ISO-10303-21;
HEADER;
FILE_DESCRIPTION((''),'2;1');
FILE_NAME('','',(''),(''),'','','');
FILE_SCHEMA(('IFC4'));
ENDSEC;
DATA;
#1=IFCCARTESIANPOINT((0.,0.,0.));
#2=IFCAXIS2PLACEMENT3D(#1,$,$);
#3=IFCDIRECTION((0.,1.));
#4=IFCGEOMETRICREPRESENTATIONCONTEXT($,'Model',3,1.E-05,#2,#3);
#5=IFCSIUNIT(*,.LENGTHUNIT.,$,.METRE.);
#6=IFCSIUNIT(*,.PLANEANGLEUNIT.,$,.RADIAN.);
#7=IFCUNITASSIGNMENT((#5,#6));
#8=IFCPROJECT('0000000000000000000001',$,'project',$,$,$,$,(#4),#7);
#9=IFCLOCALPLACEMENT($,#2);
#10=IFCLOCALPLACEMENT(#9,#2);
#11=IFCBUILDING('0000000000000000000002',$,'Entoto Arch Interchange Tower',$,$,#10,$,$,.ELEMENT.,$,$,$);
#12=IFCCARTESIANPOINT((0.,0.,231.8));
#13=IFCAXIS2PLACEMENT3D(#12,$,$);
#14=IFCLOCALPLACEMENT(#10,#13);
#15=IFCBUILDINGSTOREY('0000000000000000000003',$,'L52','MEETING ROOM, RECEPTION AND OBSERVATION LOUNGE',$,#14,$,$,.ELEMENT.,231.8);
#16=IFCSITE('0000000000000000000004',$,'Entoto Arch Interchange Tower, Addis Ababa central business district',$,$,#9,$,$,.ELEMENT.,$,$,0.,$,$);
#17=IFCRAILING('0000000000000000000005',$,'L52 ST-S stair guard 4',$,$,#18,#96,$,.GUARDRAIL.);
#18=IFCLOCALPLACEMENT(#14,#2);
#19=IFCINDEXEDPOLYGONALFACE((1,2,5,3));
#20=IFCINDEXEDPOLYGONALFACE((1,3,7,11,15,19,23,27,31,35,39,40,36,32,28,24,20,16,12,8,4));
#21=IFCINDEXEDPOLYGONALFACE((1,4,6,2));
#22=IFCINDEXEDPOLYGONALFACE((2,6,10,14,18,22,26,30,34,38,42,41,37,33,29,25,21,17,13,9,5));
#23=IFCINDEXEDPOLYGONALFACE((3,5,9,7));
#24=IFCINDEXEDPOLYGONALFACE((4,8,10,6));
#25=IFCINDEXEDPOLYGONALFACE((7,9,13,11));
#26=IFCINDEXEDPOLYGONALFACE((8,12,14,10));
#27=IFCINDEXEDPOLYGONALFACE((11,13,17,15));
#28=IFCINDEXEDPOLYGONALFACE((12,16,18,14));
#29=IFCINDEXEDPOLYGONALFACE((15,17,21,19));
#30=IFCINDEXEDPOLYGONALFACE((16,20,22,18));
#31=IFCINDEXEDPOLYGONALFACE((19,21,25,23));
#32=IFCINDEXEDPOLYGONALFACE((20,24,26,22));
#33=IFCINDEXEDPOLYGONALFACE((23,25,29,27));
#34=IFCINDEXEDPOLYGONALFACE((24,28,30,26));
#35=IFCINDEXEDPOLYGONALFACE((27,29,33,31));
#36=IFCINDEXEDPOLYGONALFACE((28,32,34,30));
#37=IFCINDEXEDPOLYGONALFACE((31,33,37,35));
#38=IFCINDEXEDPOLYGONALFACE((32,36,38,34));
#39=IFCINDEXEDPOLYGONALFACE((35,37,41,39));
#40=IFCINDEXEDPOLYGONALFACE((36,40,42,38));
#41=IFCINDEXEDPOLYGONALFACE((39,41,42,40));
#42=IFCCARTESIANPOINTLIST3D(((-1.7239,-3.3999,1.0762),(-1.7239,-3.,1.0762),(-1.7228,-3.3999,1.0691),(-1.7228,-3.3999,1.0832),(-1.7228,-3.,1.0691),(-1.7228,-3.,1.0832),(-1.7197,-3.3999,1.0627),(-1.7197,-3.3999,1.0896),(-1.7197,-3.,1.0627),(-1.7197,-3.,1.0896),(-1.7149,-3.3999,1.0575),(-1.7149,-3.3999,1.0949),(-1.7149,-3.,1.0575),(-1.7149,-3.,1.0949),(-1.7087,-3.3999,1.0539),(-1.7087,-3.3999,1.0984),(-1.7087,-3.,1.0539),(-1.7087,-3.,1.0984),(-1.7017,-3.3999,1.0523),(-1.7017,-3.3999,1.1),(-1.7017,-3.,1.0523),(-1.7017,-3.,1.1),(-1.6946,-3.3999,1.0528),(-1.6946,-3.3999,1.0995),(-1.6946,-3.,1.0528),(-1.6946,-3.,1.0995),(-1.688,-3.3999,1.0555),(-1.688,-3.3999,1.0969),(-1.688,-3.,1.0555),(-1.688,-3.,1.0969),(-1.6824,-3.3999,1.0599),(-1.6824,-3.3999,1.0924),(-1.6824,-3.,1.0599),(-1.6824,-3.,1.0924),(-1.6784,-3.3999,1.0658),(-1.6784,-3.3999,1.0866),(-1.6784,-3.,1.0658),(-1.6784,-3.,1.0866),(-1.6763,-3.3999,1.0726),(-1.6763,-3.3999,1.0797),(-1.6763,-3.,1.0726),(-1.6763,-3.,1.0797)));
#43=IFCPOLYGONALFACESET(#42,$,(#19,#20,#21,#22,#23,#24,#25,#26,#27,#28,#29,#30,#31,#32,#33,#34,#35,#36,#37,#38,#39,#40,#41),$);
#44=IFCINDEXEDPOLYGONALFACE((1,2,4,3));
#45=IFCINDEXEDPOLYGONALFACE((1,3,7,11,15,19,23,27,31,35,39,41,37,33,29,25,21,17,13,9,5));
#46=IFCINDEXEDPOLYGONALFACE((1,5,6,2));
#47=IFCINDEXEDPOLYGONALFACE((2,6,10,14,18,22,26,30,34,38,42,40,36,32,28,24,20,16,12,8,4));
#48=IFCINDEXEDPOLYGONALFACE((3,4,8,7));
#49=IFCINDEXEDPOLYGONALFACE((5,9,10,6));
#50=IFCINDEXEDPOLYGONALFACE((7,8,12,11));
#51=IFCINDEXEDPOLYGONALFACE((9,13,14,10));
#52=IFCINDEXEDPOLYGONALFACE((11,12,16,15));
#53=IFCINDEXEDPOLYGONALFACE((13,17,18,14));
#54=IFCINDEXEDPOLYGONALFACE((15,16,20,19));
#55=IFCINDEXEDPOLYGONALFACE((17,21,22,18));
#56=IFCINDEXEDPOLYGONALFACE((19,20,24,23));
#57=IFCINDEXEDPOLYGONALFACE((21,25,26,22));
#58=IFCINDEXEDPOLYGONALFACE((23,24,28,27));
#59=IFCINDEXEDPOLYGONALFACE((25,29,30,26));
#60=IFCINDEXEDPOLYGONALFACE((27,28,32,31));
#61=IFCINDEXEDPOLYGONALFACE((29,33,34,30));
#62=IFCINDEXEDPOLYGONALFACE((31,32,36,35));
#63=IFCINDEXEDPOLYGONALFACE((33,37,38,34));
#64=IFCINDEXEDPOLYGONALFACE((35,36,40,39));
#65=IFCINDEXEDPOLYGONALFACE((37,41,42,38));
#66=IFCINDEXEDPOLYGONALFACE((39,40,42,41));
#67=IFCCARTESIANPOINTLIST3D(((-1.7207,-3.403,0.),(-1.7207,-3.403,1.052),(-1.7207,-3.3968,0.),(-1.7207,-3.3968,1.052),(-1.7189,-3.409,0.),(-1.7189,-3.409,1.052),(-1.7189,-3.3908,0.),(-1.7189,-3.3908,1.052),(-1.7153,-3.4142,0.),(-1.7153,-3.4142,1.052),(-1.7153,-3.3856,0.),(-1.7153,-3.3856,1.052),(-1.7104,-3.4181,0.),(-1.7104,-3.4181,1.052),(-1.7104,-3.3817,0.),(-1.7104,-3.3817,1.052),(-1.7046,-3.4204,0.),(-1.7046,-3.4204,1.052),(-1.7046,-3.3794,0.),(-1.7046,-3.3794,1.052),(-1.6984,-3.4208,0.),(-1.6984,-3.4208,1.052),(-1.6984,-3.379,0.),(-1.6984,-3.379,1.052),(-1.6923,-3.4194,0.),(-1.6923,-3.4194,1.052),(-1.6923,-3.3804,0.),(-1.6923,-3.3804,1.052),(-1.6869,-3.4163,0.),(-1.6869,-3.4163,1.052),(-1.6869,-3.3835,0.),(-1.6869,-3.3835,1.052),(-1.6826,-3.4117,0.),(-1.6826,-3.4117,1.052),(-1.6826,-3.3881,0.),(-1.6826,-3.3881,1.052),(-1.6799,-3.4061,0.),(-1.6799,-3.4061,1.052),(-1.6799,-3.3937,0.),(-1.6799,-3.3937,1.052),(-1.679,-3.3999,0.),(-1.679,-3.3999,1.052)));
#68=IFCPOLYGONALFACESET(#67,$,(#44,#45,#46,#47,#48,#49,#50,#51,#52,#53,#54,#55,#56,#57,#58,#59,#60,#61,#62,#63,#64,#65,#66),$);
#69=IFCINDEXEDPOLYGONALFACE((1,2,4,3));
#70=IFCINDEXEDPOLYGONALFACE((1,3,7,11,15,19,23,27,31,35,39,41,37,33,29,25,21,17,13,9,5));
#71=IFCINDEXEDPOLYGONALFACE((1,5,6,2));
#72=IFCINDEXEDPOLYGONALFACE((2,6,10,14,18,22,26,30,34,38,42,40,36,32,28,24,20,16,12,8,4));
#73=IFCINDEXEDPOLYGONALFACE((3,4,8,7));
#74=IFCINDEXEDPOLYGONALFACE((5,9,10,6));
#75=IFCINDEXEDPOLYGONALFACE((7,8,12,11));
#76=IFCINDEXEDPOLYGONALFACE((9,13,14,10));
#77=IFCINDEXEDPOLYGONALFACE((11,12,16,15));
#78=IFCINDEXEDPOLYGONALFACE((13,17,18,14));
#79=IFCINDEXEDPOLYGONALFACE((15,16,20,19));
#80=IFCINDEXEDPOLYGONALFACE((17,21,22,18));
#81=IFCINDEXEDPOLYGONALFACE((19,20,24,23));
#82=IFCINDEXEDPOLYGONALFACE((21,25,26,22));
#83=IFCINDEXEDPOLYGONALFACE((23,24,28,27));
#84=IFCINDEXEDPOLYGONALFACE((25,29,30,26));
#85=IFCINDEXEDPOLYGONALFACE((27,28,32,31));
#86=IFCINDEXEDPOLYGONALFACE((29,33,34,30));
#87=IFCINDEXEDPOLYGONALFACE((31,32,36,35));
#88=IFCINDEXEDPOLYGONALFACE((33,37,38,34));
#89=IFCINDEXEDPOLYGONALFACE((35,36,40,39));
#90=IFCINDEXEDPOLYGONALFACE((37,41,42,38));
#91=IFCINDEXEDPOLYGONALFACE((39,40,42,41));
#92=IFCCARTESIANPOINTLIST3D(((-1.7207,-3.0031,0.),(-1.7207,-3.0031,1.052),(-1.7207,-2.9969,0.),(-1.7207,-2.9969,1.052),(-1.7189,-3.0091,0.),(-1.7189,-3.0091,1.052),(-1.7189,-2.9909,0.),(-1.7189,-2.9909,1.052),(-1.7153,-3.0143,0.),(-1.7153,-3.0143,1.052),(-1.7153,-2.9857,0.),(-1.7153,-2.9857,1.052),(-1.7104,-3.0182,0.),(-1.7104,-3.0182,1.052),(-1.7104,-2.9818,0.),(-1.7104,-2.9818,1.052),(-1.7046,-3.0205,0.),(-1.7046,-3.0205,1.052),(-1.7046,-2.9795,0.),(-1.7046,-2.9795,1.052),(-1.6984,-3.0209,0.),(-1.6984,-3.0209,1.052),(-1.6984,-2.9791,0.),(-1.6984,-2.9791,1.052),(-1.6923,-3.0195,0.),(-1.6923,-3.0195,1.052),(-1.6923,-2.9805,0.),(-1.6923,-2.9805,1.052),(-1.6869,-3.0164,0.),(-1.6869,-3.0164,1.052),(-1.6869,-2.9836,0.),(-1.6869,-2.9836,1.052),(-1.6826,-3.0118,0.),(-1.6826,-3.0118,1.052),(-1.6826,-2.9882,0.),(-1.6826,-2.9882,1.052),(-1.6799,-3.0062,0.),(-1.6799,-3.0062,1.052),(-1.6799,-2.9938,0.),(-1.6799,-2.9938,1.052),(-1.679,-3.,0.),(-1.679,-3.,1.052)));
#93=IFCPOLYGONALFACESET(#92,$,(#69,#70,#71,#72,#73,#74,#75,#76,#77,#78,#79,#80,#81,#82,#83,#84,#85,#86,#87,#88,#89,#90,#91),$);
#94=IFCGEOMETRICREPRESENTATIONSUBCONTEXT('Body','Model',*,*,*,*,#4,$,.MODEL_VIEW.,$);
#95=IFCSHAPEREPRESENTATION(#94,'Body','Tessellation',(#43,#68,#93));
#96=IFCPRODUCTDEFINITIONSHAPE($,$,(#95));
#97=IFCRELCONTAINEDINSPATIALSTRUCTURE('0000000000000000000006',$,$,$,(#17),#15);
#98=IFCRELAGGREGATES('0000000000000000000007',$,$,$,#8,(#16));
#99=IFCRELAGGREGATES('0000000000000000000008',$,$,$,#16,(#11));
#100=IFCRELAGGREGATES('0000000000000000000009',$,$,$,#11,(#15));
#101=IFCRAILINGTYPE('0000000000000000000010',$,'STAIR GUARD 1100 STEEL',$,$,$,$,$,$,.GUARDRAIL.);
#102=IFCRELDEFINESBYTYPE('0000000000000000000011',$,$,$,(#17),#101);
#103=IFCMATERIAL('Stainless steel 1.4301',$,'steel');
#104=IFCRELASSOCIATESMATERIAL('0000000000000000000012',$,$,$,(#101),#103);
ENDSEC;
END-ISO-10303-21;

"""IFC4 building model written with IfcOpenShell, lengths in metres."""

from ifc_helpers import new_model, si_unit, direction, frame, origin, origin_2d, place, context, subcontext, project, spatial, circle, extrude, material, type_object, element, save


model = new_model("IFC4")

# Units and contexts
model_context = context("Model", 3, precision=1e-05, world=origin(), true_north=direction((0.0, 1.0)))
body_context = subcontext(model_context, "Body", "Model", "MODEL_VIEW")
ifc_project = project(units=[si_unit("LENGTHUNIT", "METRE"), si_unit("PLANEANGLEUNIT", "RADIAN")], contexts=[model_context])

# Site, building, storey
site_placement = place(None, origin())
site = spatial("IfcSite", under=ifc_project, at=site_placement, Name="Entoto Arch Interchange Tower, Addis Ababa central business district", CompositionType="ELEMENT", RefElevation=0.0)
building_placement = place(site_placement, origin())
building = spatial("IfcBuilding", under=site, at=building_placement, Name="Entoto Arch Interchange Tower", CompositionType="ELEMENT")
storey_placement = place(building_placement, frame((0.0, 0.0, 231.8)))
storey = spatial("IfcBuildingStorey", under=building, at=storey_placement, Name="L52", Description="MEETING ROOM, RECEPTION AND OBSERVATION LOUNGE", CompositionType="ELEMENT", Elevation=231.8)

# Railing
ifc_material_1 = material(Name="Stainless steel 1.4301", Category="steel")
railing_type_1 = type_object("IfcRailingType", Name="STAIR GUARD 1100 STEEL", PredefinedType="GUARDRAIL", material=ifc_material_1)
railing_1_placement = place(storey_placement, frame((-1.7, -3.3999, 0.0)))
element("IfcRailing", 1, at=railing_1_placement, inside=storey, type_object=railing_type_1, Name="L52 ST-S stair guard 4", PredefinedType="GUARDRAIL", context=body_context, shape_type="SweptSolid", body=[
    extrude(circle(Radius=0.0239, at=origin_2d()), frame((0.0, 0.0, 1.0762), z_axis=(0.0, 1.0, 0.0), x_axis=(-1.0, 0.0, 0.0)), (0.0, 0.0, 1.0), 0.3999),
    extrude(circle(Radius=0.021, at=origin_2d()), origin(), (0.0, 0.0, 1.0), 1.052),
    extrude(circle(Radius=0.021, at=origin_2d()), frame((0.0, 0.3999, 0.0)), (0.0, 0.0, 1.0), 1.052),
])

save(model, "model.ifc")
